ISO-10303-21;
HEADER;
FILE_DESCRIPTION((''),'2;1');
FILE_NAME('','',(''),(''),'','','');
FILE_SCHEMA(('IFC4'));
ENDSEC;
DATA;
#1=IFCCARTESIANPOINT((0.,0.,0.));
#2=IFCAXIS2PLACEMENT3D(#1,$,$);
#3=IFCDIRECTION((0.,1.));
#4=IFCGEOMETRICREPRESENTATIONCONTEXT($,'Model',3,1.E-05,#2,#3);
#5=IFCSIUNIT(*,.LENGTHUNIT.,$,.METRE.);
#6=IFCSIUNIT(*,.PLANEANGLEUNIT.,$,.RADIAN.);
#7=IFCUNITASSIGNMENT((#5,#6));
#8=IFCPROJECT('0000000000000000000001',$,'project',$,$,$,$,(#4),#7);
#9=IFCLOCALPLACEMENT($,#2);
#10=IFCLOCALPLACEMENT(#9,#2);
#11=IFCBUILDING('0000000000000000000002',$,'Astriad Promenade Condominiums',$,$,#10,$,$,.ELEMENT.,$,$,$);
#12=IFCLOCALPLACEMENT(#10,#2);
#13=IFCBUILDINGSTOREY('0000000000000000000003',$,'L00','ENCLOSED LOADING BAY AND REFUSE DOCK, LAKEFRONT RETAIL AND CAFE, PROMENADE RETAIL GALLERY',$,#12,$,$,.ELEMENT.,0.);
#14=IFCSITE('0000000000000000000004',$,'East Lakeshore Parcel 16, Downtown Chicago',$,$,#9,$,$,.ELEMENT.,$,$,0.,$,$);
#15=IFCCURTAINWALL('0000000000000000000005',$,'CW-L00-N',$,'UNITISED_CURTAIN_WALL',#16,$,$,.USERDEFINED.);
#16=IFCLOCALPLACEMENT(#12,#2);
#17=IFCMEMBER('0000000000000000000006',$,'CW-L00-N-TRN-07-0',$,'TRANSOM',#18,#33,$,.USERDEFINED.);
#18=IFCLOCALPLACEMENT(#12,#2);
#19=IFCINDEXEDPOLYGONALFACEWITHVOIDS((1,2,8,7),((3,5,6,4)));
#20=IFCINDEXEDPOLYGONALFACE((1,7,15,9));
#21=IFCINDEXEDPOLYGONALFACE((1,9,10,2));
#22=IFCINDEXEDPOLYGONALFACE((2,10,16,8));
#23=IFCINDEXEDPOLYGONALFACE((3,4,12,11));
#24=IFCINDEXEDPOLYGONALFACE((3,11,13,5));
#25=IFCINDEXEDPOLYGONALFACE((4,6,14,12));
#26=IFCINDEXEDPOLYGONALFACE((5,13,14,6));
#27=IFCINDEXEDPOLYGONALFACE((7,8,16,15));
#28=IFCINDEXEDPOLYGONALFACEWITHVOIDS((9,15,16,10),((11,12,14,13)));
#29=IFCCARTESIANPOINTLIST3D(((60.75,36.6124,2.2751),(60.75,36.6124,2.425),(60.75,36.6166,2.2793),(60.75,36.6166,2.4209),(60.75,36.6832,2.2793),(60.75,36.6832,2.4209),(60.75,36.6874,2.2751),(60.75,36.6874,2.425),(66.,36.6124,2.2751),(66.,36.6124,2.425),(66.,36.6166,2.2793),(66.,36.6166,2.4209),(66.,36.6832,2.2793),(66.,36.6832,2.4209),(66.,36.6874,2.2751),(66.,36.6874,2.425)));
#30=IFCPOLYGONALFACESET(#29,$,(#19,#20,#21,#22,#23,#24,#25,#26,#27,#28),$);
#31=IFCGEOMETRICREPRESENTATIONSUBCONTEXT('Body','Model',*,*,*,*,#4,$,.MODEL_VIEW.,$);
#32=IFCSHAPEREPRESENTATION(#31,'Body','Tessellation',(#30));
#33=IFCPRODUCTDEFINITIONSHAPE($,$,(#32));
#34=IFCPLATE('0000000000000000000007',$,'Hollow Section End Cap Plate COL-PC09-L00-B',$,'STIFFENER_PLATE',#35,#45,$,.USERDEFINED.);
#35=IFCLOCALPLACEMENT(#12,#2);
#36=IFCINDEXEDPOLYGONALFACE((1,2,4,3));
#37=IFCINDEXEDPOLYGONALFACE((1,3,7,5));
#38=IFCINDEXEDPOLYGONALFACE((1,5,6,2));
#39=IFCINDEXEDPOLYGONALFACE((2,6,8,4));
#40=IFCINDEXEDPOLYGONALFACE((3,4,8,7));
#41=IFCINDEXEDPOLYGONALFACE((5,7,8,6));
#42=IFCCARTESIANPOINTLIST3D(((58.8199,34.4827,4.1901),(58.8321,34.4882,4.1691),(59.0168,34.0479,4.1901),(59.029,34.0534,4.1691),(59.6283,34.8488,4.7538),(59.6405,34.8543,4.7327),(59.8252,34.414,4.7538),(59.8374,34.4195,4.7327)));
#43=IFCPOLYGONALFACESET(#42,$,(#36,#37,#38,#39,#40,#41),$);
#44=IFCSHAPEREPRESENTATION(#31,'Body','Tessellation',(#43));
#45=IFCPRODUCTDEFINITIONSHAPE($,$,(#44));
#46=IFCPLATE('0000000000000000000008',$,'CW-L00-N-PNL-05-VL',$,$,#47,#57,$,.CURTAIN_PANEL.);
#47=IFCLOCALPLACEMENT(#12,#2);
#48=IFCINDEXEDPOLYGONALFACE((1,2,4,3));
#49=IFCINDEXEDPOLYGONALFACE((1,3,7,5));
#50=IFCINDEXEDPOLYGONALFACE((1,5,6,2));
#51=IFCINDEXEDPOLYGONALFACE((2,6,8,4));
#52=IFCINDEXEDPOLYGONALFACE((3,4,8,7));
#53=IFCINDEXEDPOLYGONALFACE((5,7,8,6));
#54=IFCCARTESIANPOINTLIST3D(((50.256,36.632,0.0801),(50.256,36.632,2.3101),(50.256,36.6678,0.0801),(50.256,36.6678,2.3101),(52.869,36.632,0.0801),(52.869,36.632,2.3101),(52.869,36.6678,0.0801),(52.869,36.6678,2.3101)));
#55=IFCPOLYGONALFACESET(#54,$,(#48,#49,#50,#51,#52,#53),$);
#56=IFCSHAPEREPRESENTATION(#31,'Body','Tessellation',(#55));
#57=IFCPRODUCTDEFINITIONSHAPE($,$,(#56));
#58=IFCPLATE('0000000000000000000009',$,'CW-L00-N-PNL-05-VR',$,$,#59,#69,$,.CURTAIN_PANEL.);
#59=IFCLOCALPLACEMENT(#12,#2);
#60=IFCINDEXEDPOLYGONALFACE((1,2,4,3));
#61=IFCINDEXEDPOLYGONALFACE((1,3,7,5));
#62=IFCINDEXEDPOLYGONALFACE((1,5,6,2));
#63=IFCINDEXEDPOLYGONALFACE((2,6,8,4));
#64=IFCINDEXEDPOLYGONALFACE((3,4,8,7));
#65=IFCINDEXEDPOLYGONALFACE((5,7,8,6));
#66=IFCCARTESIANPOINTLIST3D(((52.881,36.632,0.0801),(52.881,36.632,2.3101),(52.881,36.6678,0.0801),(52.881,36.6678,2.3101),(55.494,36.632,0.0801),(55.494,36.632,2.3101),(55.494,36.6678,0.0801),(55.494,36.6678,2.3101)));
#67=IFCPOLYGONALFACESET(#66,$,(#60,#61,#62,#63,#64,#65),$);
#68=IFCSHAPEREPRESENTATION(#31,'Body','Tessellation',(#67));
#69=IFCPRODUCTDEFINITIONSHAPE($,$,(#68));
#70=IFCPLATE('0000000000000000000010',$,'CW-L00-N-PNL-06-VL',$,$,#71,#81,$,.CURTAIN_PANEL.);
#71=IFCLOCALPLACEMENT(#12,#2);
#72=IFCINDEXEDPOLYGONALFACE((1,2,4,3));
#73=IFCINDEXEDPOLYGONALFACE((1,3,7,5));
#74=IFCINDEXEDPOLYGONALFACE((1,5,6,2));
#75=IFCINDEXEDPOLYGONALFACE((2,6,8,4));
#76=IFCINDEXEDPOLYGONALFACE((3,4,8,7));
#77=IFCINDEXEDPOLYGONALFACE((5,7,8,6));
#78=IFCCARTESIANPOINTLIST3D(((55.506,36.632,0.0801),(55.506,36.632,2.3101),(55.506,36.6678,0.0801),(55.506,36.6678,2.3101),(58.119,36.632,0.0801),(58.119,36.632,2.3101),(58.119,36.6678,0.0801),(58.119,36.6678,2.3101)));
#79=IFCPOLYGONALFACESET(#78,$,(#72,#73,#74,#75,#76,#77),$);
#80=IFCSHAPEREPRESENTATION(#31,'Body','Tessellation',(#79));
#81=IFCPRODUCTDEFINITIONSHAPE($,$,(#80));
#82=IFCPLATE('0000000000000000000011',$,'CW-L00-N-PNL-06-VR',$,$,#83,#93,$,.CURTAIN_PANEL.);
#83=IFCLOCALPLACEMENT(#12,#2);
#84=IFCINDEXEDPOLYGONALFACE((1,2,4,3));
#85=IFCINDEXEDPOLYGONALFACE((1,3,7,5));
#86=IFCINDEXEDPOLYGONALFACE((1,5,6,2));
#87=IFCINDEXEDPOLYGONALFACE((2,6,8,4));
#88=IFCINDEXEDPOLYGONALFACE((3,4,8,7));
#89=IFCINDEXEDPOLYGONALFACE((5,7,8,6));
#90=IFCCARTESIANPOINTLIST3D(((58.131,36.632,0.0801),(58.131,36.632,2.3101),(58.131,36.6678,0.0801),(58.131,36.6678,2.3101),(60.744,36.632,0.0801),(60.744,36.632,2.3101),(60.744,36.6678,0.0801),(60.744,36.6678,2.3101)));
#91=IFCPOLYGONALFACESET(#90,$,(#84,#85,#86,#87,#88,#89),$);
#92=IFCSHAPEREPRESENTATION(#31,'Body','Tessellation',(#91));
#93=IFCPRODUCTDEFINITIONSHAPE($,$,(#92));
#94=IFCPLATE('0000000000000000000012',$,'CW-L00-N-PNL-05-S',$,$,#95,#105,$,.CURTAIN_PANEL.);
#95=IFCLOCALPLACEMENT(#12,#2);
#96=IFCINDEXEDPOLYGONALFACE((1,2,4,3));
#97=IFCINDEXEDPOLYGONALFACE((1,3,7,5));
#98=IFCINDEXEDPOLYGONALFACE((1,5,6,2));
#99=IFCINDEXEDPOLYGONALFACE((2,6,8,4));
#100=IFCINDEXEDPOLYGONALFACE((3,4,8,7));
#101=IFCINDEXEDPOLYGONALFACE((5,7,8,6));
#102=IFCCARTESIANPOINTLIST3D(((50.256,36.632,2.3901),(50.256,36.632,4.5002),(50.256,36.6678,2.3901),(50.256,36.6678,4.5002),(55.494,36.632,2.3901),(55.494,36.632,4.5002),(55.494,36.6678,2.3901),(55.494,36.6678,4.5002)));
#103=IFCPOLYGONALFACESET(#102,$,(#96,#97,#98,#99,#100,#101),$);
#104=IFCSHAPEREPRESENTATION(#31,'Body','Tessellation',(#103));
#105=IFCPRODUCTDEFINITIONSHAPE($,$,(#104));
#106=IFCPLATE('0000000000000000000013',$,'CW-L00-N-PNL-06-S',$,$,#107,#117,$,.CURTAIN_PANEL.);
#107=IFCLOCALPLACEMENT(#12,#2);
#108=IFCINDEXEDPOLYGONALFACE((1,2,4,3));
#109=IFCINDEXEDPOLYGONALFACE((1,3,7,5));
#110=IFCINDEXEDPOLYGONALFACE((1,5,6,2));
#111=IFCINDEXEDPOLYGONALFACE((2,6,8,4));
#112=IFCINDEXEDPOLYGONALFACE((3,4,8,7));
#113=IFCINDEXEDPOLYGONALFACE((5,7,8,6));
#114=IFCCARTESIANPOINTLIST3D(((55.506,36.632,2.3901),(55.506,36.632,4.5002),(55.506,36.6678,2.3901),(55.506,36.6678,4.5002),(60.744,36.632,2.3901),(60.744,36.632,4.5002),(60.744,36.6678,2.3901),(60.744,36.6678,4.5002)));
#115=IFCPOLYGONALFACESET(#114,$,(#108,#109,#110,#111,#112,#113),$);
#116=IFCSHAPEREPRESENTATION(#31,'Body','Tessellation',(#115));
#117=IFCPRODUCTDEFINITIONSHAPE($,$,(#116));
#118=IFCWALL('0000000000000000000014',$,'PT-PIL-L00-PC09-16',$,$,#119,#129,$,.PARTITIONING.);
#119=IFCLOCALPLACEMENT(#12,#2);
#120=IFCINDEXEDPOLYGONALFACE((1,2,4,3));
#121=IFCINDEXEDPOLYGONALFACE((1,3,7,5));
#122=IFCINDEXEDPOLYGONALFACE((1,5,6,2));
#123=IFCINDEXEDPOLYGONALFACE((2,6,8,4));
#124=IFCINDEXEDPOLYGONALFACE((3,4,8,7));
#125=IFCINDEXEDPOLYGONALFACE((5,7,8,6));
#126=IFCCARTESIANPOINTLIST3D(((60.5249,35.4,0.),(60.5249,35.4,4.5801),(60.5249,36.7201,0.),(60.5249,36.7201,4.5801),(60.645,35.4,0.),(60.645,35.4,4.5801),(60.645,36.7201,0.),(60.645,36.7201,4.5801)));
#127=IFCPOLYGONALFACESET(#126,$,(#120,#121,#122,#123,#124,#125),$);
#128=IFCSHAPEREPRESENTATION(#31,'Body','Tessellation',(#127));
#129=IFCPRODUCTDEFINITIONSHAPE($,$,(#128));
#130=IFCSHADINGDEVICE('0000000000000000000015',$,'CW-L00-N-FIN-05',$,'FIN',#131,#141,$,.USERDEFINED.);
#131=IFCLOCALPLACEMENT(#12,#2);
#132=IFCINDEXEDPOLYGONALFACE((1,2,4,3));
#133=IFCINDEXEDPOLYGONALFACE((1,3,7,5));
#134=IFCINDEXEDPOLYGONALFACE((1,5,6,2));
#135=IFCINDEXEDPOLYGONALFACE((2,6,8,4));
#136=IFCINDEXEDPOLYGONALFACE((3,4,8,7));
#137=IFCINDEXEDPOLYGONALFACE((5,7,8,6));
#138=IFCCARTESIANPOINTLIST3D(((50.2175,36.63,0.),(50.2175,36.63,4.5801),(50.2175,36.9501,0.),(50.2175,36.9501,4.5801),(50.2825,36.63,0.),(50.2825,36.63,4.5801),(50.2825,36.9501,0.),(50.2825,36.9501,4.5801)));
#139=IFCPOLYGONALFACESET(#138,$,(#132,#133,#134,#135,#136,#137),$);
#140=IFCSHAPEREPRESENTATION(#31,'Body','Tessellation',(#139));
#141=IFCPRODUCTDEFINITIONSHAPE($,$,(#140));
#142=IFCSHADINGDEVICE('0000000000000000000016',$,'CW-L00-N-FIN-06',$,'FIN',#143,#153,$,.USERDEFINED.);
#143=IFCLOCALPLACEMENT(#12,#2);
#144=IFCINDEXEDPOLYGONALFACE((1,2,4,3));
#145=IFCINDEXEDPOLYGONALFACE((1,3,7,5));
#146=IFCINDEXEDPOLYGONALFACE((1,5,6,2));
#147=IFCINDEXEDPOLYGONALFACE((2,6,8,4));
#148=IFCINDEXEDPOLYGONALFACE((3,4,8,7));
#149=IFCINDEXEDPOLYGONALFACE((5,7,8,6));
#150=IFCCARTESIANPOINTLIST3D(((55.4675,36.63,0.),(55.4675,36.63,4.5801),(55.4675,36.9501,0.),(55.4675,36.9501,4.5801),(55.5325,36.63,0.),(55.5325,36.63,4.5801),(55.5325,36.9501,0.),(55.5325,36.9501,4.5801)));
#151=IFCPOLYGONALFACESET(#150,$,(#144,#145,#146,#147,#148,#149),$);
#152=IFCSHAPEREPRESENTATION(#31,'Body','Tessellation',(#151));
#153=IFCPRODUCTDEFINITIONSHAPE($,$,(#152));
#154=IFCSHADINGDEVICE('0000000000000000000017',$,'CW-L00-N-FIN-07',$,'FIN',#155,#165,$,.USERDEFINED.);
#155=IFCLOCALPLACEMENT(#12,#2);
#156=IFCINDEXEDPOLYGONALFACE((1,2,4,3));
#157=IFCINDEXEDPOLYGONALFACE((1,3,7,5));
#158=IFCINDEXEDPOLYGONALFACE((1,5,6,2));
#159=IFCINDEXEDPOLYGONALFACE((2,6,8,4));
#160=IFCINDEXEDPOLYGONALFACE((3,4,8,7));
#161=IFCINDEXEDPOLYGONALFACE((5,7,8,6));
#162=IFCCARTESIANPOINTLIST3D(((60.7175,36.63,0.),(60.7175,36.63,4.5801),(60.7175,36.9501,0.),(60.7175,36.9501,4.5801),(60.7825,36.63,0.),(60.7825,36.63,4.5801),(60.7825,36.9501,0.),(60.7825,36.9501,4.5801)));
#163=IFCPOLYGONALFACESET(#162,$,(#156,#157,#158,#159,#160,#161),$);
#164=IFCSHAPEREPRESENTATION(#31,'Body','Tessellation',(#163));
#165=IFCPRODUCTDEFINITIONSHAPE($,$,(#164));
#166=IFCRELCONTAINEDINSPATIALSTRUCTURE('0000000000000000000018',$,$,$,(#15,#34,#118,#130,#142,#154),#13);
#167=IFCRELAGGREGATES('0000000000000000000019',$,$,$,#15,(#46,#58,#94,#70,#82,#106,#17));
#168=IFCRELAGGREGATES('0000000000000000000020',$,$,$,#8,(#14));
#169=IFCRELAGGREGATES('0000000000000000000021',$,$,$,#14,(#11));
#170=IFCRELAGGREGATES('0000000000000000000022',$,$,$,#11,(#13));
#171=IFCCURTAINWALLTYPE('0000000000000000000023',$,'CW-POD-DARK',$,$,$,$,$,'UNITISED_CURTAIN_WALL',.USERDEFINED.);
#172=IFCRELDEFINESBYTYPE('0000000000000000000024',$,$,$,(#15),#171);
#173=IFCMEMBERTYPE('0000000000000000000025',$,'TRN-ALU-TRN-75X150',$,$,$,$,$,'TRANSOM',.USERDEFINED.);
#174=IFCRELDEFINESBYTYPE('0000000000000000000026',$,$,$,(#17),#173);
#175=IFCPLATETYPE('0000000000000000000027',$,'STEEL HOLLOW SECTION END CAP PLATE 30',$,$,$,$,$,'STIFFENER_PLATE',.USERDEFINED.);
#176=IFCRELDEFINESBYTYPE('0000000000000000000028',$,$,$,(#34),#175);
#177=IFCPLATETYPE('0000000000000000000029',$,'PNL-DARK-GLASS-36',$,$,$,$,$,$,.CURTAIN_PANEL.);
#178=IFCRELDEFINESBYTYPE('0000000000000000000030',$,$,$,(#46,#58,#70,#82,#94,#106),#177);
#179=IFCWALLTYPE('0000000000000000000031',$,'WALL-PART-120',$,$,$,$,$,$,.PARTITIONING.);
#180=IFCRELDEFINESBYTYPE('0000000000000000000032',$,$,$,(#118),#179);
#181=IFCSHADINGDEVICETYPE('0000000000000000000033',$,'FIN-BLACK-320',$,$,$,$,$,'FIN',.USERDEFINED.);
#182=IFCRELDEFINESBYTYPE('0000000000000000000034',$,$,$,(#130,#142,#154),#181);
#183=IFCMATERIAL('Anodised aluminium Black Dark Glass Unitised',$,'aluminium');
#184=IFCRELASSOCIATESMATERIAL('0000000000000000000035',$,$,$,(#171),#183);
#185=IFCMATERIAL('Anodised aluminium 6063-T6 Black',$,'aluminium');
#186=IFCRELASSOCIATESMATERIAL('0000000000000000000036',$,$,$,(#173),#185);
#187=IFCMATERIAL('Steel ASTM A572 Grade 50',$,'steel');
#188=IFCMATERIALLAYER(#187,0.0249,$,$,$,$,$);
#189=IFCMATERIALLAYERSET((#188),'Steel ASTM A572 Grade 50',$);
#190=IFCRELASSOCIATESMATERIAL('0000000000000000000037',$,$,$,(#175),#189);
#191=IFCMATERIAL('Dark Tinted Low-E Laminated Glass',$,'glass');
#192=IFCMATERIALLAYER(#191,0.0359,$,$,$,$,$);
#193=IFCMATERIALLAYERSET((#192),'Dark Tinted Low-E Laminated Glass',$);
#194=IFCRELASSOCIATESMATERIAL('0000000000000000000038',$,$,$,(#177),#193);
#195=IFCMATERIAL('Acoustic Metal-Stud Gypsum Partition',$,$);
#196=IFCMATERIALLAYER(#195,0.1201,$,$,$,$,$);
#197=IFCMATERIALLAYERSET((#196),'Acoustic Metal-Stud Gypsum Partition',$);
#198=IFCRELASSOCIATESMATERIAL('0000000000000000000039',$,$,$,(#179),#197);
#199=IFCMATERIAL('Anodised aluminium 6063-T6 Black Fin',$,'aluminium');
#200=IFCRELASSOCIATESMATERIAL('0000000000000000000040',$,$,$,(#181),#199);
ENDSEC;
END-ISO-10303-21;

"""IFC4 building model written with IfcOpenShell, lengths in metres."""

from ifc_helpers import new_model, si_unit, direction, frame, frame_2d, origin, origin_2d, place, context, subcontext, project, spatial, rectangle, hollow_rectangle, extrude, source, transform, mapped, material, layer, layer_set, material_profile, profile_set, type_object, type_shapes, element, aggregate, save


model = new_model("IFC4")

# Units and contexts
model_context = context("Model", 3, precision=1e-05, world=origin(), true_north=direction((0.0, 1.0)))
body_context = subcontext(model_context, "Body", "Model", "MODEL_VIEW")
ifc_project = project(units=[si_unit("LENGTHUNIT", "METRE"), si_unit("PLANEANGLEUNIT", "RADIAN")], contexts=[model_context])

# Site, building, storey
site_placement = place(None, origin())
site = spatial("IfcSite", under=ifc_project, at=site_placement, Name="East Lakeshore Parcel 16, Downtown Chicago", CompositionType="ELEMENT", RefElevation=0.0)
building_placement = place(site_placement, origin())
building = spatial("IfcBuilding", under=site, at=building_placement, Name="Astriad Promenade Condominiums", CompositionType="ELEMENT")
storey_placement = place(building_placement, origin())
storey = spatial("IfcBuildingStorey", under=building, at=storey_placement, Name="L00", Description="ENCLOSED LOADING BAY AND REFUSE DOCK, LAKEFRONT RETAIL AND CAFE, PROMENADE RETAIL GALLERY", CompositionType="ELEMENT", Elevation=0.0)

# Curtain wall, member
ifc_material_1 = material(Name="Anodised aluminium Black Dark Glass Unitised", Category="aluminium")
curtain_wall_type = type_object("IfcCurtainWallType", Name="CW-POD-DARK", ElementType="UNITISED_CURTAIN_WALL", PredefinedType="USERDEFINED", material=ifc_material_1)
curtain_wall_placement = place(storey_placement, origin())
curtain_wall = element("IfcCurtainWall", 1, at=curtain_wall_placement, inside=storey, type_object=curtain_wall_type, Name="CW-L00-N", ObjectType="UNITISED_CURTAIN_WALL", PredefinedType="USERDEFINED")
ifc_material_2 = material(Name="Anodised aluminium 6063-T6 Black", Category="aluminium")
ifc_material_profile_1 = material_profile(ifc_material_2, hollow_rectangle(XDim=0.075, YDim=0.1499, WallThickness=0.0042, at=origin_2d()), Name="ALU-TRN-75X150")
ifc_profile_set_1 = profile_set([ifc_material_profile_1], Name="Anodised aluminium 6063-T6 Black")
member_type_1 = type_object("IfcMemberType", Name="TRN-ALU-TRN-75X150", ElementType="TRANSOM", PredefinedType="USERDEFINED", material=ifc_profile_set_1)
shared_shape_1 = source(origin(), body_context, "Body", "SweptSolid", [
    extrude(hollow_rectangle(XDim=0.075, YDim=0.1499, WallThickness=0.0042, at=origin_2d()), origin(), (0.0, 0.0, 1.0), 5.25),
])
type_shapes(member_type_1, [shared_shape_1])
member_1_placement = place(storey_placement, frame((60.75, 36.6499, 2.3501), z_axis=(1.0, 0.0, 0.0), x_axis=(0.0, 1.0, 0.0)))
member_1 = element("IfcMember", 2, at=member_1_placement, type_object=member_type_1, Name="CW-L00-N-TRN-07-0", ObjectType="TRANSOM", PredefinedType="USERDEFINED", context=body_context, shape_type="MappedRepresentation", body=[
    mapped(shared_shape_1, transform((0.0, 0.0, 0.0), scale=1.0)),
])

# Plates
ifc_material_3 = material(Name="Steel ASTM A572 Grade 50", Category="steel")
ifc_layer_1 = layer(ifc_material_3, 0.0249)
ifc_layer_set_1 = layer_set([ifc_layer_1], Name="Steel ASTM A572 Grade 50")
plate_type_1 = type_object("IfcPlateType", Name="STEEL HOLLOW SECTION END CAP PLATE 30", ElementType="STIFFENER_PLATE", PredefinedType="USERDEFINED", material=ifc_layer_set_1)
shared_shape_2 = source(origin(), body_context, "Body", "SweptSolid", [
    extrude(rectangle(XDim=0.4773, YDim=1.0513, at=origin_2d()), origin(), (0.0, 0.0, 1.0), 0.0249),
])
type_shapes(plate_type_1, [shared_shape_2])
plate_1_placement = place(storey_placement, frame((59.3347, 34.4539, 4.4509), z_axis=(-0.488399, -0.221151, 0.844132), x_axis=(0.41249, -0.910962, 0.0)))
element("IfcPlate", 3, at=plate_1_placement, inside=storey, type_object=plate_type_1, Name="Hollow Section End Cap Plate COL-PC09-L00-B", ObjectType="STIFFENER_PLATE", PredefinedType="USERDEFINED", context=body_context, shape_type="MappedRepresentation", body=[
    mapped(shared_shape_2, transform((0.0, 0.0, 0.0), scale=1.0)),
])
ifc_material_4 = material(Name="Dark Tinted Low-E Laminated Glass", Category="glass")
ifc_layer_2 = layer(ifc_material_4, 0.0359)
ifc_layer_set_2 = layer_set([ifc_layer_2], Name="Dark Tinted Low-E Laminated Glass")
plate_type_2 = type_object("IfcPlateType", Name="PNL-DARK-GLASS-36", PredefinedType="CURTAIN_PANEL", material=ifc_layer_set_2)
shared_shape_3 = source(origin(), body_context, "Body", "SweptSolid", [
    extrude(rectangle(XDim=2.613, YDim=0.0359, at=origin_2d()), origin(), (0.0, 0.0, 1.0), 2.23),
])
plate_2_placement = place(storey_placement, frame((51.5625, 36.6499, 0.0801), z_axis=(0.0, 0.0, 1.0), x_axis=(1.0, 0.0, 0.0)))
plate_2 = element("IfcPlate", 4, at=plate_2_placement, type_object=plate_type_2, Name="CW-L00-N-PNL-05-VL", PredefinedType="CURTAIN_PANEL", context=body_context, shape_type="MappedRepresentation", body=[
    mapped(shared_shape_3, transform((0.0, 0.0, 0.0), scale=1.0)),
])
plate_3_placement = place(storey_placement, frame((54.1875, 36.6499, 0.0801), z_axis=(0.0, 0.0, 1.0), x_axis=(1.0, 0.0, 0.0)))
plate_3 = element("IfcPlate", 5, at=plate_3_placement, type_object=plate_type_2, Name="CW-L00-N-PNL-05-VR", PredefinedType="CURTAIN_PANEL", context=body_context, shape_type="MappedRepresentation", body=[
    mapped(shared_shape_3, transform((0.0, 0.0, 0.0), scale=1.0)),
])
plate_4_placement = place(storey_placement, frame((56.8125, 36.6499, 0.0801), z_axis=(0.0, 0.0, 1.0), x_axis=(1.0, 0.0, 0.0)))
plate_4 = element("IfcPlate", 6, at=plate_4_placement, type_object=plate_type_2, Name="CW-L00-N-PNL-06-VL", PredefinedType="CURTAIN_PANEL", context=body_context, shape_type="MappedRepresentation", body=[
    mapped(shared_shape_3, transform((0.0, 0.0, 0.0), scale=1.0)),
])
plate_5_placement = place(storey_placement, frame((59.4375, 36.6499, 0.0801), z_axis=(0.0, 0.0, 1.0), x_axis=(1.0, 0.0, 0.0)))
plate_5 = element("IfcPlate", 7, at=plate_5_placement, type_object=plate_type_2, Name="CW-L00-N-PNL-06-VR", PredefinedType="CURTAIN_PANEL", context=body_context, shape_type="MappedRepresentation", body=[
    mapped(shared_shape_3, transform((0.0, 0.0, 0.0), scale=1.0)),
])
shared_shape_4 = source(origin(), body_context, "Body", "SweptSolid", [
    extrude(rectangle(XDim=5.238, YDim=0.0359, at=origin_2d()), origin(), (0.0, 0.0, 1.0), 2.1101),
])
type_shapes(plate_type_2, [shared_shape_3, shared_shape_4])
plate_6_placement = place(storey_placement, frame((52.875, 36.6499, 2.3901), z_axis=(0.0, 0.0, 1.0), x_axis=(1.0, 0.0, 0.0)))
plate_6 = element("IfcPlate", 8, at=plate_6_placement, type_object=plate_type_2, Name="CW-L00-N-PNL-05-S", PredefinedType="CURTAIN_PANEL", context=body_context, shape_type="MappedRepresentation", body=[
    mapped(shared_shape_4, transform((0.0, 0.0, 0.0), scale=1.0)),
])
plate_7_placement = place(storey_placement, frame((58.125, 36.6499, 2.3901), z_axis=(0.0, 0.0, 1.0), x_axis=(1.0, 0.0, 0.0)))
plate_7 = element("IfcPlate", 9, at=plate_7_placement, type_object=plate_type_2, Name="CW-L00-N-PNL-06-S", PredefinedType="CURTAIN_PANEL", context=body_context, shape_type="MappedRepresentation", body=[
    mapped(shared_shape_4, transform((0.0, 0.0, 0.0), scale=1.0)),
])
aggregate(curtain_wall, [plate_2, plate_3, plate_6, plate_4, plate_5, plate_7, member_1])

# Wall
ifc_material_5 = material(Name="Acoustic Metal-Stud Gypsum Partition")
ifc_layer_3 = layer(ifc_material_5, 0.1201)
ifc_layer_set_3 = layer_set([ifc_layer_3], Name="Acoustic Metal-Stud Gypsum Partition")
wall_type = type_object("IfcWallType", Name="WALL-PART-120", PredefinedType="PARTITIONING", material=ifc_layer_set_3)
wall_placement = place(storey_placement, frame((60.585, 35.3999, 0.0), z_axis=(0.0, 0.0, 1.0), x_axis=(0.0, 1.0, 0.0)))
element("IfcWall", 10, at=wall_placement, inside=storey, type_object=wall_type, Name="PT-PIL-L00-PC09-16", PredefinedType="PARTITIONING", context=body_context, shape_type="SweptSolid", body=[
    extrude(rectangle(XDim=1.3201, YDim=0.1201, at=frame_2d((0.6602, 0.0))), origin(), (0.0, 0.0, 1.0), 4.5801),
])

# Shading devices
ifc_material_6 = material(Name="Anodised aluminium 6063-T6 Black Fin", Category="aluminium")
shading_device_type = type_object("IfcShadingDeviceType", Name="FIN-BLACK-320", ElementType="FIN", PredefinedType="USERDEFINED", material=ifc_material_6)
shared_shape_5 = source(origin(), body_context, "Body", "SweptSolid", [
    extrude(rectangle(XDim=0.0649, YDim=0.3201, at=origin_2d()), origin(), (0.0, 0.0, 1.0), 4.5801),
])
type_shapes(shading_device_type, [shared_shape_5])
for number, where, z_axis, x_axis, name in (
    (11, (50.25, 36.79, 0.0), (0.0, 0.0, 1.0), (1.0, 0.0, 0.0), "CW-L00-N-FIN-05"),
    (12, (55.5, 36.79, 0.0), (0.0, 0.0, 1.0), (1.0, 0.0, 0.0), "CW-L00-N-FIN-06"),
    (13, (60.75, 36.79, 0.0), (0.0, 0.0, 1.0), (1.0, 0.0, 0.0), "CW-L00-N-FIN-07"),
):
    element("IfcShadingDevice", number, at=place(storey_placement, frame(where, z_axis=z_axis, x_axis=x_axis)), inside=storey, type_object=shading_device_type, Name=name, ObjectType="FIN", PredefinedType="USERDEFINED", context=body_context, shape_type="MappedRepresentation", body=[
        mapped(shared_shape_5, transform((0.0, 0.0, 0.0), scale=1.0)),
    ])

save(model, "model.ifc")
